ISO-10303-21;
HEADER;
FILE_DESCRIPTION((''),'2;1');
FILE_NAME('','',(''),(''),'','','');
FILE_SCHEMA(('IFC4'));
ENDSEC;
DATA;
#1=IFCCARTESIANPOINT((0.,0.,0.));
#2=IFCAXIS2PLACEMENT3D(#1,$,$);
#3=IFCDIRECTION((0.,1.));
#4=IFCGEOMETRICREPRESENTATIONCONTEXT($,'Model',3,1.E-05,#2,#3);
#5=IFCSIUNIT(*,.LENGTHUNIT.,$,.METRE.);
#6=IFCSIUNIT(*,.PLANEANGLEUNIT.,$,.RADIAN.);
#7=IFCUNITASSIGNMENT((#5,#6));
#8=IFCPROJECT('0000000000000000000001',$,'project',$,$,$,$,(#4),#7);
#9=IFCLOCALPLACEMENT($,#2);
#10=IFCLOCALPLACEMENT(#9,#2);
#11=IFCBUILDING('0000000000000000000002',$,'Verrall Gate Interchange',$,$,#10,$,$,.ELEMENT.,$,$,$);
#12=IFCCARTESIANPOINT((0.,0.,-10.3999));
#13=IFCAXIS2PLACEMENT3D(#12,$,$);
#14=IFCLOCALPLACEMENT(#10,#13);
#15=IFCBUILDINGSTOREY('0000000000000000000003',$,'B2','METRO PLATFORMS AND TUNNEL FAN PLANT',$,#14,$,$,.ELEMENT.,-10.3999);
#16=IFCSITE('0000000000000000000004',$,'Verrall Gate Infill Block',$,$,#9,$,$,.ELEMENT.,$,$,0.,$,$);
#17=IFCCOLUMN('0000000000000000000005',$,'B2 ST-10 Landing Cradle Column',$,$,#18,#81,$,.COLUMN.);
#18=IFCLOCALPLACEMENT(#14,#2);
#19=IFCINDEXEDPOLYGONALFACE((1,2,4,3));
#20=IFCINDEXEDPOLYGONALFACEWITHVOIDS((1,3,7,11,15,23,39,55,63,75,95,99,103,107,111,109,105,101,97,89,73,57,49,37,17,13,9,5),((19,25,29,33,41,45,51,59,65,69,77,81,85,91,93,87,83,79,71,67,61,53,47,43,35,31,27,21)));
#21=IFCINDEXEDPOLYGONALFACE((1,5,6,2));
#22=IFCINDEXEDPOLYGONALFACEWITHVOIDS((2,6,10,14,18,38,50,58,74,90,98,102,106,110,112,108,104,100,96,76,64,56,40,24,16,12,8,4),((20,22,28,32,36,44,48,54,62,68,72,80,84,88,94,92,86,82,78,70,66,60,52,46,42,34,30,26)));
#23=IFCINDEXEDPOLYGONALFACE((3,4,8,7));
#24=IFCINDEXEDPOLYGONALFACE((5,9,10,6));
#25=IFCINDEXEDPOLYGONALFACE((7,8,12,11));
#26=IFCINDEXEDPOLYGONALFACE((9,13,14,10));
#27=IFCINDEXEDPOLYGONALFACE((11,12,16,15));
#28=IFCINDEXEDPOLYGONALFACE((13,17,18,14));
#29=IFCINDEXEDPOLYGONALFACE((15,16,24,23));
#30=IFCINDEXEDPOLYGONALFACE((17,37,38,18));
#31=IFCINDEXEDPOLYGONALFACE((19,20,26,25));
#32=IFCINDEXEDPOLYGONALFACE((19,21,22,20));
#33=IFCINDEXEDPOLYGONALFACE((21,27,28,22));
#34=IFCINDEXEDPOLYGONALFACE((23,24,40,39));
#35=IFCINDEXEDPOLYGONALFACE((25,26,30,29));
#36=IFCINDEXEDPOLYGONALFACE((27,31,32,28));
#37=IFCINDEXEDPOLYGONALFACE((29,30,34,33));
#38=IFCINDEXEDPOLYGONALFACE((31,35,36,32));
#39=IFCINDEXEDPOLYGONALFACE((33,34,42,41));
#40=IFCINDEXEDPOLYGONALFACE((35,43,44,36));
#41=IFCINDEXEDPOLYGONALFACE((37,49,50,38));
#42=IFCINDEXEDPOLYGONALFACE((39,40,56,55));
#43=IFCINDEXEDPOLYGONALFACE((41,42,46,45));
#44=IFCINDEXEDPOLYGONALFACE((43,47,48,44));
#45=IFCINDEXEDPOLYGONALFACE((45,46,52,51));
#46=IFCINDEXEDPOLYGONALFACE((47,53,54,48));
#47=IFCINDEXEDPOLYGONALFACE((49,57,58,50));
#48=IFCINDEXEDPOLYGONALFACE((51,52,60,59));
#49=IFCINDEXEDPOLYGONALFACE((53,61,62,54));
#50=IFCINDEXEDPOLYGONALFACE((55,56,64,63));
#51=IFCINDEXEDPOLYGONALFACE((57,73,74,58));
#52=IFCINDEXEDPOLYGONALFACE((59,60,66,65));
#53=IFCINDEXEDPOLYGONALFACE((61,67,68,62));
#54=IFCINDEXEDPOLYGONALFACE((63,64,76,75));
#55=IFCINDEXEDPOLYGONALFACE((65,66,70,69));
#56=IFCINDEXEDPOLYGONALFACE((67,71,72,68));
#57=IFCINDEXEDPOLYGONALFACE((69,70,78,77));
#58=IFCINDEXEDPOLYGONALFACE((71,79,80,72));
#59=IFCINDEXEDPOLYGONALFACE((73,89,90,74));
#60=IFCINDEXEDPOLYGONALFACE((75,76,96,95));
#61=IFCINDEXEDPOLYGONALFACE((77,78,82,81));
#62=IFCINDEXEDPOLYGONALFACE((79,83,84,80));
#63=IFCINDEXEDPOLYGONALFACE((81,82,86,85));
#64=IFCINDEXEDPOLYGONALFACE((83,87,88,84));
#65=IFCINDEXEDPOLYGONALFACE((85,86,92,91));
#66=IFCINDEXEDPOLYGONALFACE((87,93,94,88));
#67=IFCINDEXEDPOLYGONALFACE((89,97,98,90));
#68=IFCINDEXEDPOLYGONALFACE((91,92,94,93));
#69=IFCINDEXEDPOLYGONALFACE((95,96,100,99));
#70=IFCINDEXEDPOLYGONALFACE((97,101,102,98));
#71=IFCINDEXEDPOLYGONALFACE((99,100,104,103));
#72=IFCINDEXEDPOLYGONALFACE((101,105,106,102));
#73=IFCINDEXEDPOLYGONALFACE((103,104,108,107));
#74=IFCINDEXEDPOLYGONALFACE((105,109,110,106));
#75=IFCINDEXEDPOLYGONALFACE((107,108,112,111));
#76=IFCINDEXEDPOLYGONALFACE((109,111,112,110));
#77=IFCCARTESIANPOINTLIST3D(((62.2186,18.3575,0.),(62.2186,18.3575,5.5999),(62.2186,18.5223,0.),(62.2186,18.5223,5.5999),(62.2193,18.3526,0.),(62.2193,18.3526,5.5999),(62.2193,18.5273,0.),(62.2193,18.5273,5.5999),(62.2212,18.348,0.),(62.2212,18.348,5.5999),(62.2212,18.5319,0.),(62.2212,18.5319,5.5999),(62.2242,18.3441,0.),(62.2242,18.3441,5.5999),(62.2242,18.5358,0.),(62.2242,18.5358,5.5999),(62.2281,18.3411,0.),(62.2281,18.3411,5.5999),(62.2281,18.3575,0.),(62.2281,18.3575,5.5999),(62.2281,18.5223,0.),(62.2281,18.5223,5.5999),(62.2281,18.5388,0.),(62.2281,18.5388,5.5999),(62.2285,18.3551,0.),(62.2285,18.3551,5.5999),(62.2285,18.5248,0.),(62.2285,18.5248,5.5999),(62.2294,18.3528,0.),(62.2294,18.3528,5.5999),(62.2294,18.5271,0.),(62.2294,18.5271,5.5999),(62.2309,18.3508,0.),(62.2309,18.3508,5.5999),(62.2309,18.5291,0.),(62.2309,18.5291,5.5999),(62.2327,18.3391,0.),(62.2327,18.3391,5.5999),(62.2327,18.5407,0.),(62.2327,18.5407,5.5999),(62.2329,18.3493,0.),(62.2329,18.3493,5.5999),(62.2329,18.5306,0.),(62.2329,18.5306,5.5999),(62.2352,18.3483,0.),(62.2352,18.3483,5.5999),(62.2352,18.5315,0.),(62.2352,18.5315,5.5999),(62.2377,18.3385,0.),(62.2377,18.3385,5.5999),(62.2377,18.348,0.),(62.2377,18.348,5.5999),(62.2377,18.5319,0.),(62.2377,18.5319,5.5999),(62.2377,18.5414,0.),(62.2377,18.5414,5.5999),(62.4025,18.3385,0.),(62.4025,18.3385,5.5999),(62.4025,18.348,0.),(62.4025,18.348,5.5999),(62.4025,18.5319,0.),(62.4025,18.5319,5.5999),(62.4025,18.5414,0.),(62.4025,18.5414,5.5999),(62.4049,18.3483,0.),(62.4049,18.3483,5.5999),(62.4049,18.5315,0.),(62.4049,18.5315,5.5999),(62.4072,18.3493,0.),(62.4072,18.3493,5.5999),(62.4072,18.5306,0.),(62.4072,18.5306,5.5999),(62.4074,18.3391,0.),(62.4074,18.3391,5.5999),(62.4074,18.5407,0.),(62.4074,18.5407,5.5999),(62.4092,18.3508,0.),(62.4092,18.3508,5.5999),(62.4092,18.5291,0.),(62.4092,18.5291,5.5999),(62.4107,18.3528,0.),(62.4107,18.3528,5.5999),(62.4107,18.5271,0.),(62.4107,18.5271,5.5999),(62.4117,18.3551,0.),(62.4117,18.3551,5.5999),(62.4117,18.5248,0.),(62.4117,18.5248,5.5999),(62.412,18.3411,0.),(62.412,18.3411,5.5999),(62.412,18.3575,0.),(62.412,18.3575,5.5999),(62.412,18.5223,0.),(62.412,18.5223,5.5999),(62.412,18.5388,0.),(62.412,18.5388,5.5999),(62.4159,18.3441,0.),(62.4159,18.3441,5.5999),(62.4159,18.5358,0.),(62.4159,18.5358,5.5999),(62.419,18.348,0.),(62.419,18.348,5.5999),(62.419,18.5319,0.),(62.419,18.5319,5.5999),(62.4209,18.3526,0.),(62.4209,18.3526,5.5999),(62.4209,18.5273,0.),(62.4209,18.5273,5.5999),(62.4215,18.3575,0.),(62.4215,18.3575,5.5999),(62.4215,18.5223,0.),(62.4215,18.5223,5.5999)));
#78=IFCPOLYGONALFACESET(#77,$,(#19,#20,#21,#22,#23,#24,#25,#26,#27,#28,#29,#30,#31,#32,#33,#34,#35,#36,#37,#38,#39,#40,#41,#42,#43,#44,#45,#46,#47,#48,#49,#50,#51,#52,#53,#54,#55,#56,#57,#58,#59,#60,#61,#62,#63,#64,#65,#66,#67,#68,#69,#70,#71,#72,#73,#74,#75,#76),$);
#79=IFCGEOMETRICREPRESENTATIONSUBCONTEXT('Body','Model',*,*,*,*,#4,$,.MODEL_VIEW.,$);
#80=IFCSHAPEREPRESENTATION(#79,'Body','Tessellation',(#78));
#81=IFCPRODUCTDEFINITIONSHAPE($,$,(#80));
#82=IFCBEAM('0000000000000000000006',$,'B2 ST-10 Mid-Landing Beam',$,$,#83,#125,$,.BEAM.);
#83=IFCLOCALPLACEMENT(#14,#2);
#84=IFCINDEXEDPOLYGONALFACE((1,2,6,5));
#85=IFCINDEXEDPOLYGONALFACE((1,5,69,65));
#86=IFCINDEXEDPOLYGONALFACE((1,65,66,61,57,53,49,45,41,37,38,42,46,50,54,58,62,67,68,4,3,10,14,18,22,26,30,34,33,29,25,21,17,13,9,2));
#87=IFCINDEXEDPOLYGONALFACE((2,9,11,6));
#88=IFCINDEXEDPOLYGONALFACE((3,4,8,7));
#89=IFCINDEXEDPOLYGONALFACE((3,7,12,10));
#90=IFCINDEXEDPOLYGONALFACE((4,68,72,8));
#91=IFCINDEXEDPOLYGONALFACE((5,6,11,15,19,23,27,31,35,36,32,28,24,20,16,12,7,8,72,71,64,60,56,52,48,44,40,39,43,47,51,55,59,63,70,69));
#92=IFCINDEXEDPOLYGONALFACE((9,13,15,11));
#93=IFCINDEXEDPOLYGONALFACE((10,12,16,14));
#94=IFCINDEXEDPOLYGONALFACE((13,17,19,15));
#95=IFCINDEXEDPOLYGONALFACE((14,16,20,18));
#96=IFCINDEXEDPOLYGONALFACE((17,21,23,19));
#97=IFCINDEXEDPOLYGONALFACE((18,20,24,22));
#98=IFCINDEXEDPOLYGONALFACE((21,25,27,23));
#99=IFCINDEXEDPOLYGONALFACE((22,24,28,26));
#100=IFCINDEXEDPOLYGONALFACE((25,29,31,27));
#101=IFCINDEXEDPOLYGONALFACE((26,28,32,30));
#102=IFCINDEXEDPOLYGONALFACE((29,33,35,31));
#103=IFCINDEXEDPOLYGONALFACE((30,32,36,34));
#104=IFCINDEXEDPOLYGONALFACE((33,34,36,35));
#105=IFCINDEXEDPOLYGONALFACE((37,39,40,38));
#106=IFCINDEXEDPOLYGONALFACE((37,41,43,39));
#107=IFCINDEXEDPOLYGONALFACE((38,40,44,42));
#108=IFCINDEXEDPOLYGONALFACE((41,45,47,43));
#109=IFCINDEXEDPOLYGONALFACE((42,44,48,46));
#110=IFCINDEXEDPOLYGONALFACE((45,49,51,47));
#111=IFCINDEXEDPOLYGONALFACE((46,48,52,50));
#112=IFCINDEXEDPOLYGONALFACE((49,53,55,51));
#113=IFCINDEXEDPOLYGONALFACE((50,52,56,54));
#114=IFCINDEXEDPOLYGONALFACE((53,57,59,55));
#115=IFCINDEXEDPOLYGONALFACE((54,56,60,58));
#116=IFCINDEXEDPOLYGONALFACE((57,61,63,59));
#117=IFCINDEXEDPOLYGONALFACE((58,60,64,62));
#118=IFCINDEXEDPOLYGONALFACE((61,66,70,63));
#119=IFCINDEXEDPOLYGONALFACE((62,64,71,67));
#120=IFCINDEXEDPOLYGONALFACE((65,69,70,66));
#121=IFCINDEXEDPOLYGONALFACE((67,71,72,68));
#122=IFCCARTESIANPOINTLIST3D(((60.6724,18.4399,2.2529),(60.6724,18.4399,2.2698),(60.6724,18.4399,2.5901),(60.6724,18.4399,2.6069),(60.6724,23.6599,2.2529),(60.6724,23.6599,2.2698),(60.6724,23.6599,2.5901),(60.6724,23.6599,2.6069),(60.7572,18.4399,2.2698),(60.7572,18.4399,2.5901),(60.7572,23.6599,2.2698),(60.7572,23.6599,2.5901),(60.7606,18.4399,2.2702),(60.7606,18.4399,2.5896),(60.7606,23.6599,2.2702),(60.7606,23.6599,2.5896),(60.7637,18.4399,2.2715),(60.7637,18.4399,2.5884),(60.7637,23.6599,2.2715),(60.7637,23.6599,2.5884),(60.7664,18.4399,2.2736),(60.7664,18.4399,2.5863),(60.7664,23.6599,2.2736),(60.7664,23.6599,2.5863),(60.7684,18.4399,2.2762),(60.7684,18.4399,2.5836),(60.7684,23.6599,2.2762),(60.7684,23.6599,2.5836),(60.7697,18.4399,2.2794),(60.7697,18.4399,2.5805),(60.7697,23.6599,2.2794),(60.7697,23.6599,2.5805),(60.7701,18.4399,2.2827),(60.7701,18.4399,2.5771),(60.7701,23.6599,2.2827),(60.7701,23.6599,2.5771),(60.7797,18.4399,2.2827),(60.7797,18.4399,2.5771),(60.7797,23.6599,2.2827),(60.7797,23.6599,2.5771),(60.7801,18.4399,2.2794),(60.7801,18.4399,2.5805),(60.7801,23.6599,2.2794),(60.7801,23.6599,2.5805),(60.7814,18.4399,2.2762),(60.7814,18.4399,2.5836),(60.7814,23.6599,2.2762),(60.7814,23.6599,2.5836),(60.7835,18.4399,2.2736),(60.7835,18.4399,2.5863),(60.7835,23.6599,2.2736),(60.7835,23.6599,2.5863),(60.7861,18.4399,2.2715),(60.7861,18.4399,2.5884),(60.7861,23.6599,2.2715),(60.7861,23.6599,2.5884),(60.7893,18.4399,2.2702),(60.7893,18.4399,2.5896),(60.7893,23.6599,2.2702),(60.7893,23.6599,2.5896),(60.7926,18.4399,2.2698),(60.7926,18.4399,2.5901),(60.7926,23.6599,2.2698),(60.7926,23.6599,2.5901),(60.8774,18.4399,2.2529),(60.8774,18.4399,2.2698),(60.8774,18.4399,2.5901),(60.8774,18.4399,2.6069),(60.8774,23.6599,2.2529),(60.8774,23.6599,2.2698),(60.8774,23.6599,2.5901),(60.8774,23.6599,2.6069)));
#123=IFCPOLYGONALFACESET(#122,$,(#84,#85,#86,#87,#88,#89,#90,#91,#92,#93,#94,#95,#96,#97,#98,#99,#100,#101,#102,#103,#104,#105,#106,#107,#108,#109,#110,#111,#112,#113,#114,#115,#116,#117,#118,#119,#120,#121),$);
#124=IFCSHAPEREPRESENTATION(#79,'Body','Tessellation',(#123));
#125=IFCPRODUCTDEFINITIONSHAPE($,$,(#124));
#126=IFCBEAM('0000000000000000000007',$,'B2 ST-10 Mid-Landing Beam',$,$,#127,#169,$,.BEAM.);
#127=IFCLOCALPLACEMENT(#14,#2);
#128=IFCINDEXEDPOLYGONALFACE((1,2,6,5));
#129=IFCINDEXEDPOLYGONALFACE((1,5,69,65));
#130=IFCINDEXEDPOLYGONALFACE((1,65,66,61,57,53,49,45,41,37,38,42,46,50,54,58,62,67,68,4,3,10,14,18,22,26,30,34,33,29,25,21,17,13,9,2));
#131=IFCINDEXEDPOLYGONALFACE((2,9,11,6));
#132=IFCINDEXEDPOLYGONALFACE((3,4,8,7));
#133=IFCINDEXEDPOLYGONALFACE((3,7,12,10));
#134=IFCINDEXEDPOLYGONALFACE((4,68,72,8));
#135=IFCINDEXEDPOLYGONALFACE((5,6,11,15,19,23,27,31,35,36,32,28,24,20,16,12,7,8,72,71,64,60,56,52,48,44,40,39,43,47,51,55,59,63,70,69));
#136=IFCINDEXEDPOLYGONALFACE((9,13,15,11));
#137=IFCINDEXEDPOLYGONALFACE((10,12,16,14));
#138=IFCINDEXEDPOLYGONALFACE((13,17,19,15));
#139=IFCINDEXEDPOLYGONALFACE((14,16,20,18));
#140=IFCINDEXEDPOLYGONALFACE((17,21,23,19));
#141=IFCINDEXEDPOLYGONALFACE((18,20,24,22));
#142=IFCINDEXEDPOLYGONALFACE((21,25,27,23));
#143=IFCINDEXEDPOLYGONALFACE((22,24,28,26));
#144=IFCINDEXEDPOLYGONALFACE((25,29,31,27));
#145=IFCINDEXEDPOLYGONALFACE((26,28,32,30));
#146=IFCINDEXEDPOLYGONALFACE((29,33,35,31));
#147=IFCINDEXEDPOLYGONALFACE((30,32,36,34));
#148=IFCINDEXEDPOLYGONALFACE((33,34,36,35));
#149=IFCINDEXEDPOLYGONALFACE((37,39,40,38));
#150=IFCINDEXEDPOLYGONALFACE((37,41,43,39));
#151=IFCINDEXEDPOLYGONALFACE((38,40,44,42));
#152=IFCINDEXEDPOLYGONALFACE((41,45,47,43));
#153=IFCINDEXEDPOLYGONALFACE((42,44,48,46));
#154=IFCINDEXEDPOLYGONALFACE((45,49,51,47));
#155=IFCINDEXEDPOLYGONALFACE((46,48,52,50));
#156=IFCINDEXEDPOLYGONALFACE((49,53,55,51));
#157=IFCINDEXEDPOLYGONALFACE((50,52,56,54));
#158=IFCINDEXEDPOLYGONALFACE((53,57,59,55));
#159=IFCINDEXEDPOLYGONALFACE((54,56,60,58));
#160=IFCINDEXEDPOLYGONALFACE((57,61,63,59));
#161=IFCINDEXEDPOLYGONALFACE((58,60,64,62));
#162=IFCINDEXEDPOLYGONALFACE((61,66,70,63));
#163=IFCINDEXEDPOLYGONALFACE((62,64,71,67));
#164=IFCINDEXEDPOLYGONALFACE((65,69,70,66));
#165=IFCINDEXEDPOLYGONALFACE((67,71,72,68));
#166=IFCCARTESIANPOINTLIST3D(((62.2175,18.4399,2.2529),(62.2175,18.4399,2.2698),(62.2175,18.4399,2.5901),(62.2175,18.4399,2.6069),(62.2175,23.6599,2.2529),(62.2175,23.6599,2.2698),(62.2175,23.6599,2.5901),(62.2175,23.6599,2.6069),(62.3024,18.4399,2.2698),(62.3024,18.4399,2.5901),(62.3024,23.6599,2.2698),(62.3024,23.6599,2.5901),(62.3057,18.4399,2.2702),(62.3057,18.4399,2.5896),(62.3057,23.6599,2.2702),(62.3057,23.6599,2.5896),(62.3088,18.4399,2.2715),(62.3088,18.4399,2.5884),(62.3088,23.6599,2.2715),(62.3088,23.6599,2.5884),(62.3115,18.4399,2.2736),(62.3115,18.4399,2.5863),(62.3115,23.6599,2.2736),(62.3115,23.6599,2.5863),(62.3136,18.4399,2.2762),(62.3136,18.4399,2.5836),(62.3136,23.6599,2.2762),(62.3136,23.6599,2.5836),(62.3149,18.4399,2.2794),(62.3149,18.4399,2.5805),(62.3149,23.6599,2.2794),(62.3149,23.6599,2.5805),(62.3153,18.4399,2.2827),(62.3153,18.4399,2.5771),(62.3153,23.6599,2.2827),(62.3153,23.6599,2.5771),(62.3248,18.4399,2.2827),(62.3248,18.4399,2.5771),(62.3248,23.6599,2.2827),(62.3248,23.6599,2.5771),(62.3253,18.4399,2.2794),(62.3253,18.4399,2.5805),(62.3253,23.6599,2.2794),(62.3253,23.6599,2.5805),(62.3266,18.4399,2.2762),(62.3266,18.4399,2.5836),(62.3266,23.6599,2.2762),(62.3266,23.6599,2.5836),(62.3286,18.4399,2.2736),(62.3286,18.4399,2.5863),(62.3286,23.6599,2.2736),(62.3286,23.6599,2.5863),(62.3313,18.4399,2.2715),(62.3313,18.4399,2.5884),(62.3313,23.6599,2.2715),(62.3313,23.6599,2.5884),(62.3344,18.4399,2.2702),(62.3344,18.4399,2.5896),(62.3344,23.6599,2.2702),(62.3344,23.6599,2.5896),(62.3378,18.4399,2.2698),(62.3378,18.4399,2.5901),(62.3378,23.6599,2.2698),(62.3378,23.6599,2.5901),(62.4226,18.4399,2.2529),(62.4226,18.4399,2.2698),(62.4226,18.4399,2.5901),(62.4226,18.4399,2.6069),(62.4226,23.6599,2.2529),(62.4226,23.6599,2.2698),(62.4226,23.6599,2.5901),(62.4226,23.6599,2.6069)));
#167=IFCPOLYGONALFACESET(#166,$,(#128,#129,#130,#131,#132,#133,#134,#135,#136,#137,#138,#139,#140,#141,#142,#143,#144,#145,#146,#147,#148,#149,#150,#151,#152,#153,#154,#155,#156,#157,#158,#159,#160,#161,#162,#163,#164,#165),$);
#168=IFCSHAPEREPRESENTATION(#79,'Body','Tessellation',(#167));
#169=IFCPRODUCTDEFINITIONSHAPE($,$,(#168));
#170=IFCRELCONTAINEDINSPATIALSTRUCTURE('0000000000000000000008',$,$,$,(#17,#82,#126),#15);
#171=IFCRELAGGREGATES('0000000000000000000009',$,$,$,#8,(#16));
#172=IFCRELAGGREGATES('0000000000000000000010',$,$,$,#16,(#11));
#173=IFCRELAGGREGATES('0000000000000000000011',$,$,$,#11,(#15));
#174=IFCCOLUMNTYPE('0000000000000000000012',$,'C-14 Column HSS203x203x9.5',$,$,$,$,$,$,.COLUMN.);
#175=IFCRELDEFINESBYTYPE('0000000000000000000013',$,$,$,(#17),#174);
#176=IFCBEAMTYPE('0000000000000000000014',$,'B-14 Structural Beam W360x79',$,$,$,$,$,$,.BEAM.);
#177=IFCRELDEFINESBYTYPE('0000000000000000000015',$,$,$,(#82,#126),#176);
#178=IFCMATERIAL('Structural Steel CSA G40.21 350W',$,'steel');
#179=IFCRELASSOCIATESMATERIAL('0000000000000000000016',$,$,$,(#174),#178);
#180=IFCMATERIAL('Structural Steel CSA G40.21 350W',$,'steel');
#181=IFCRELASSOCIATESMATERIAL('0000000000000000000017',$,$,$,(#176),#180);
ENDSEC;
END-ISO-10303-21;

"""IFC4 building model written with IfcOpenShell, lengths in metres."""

from ifc_helpers import new_model, si_unit, direction, frame, origin, origin_2d, place, context, subcontext, project, spatial, hollow_rectangle, i_section, extrude, material, material_profile, profile_set, type_object, element, save


model = new_model("IFC4")

# Units and contexts
model_context = context("Model", 3, precision=1e-05, world=origin(), true_north=direction((0.0, 1.0)))
body_context = subcontext(model_context, "Body", "Model", "MODEL_VIEW")
ifc_project = project(units=[si_unit("LENGTHUNIT", "METRE"), si_unit("PLANEANGLEUNIT", "RADIAN")], contexts=[model_context])

# Site, building, storey
site_placement = place(None, origin())
site = spatial("IfcSite", under=ifc_project, at=site_placement, Name="Verrall Gate Infill Block", CompositionType="ELEMENT", RefElevation=0.0)
building_placement = place(site_placement, origin())
building = spatial("IfcBuilding", under=site, at=building_placement, Name="Verrall Gate Interchange", CompositionType="ELEMENT")
storey_placement = place(building_placement, frame((0.0, 0.0, -10.3999)))
storey = spatial("IfcBuildingStorey", under=building, at=storey_placement, Name="B2", Description="METRO PLATFORMS AND TUNNEL FAN PLANT", CompositionType="ELEMENT", Elevation=-10.3999)

# Column
ifc_material_1 = material(Name="Structural Steel CSA G40.21 350W", Category="steel")
ifc_material_profile_1 = material_profile(ifc_material_1, hollow_rectangle(XDim=0.2029, YDim=0.2029, WallThickness=0.0095, InnerFilletRadius=0.0095, OuterFilletRadius=0.019, at=origin_2d()), Name="HSS203x203x9.5")
ifc_profile_set_1 = profile_set([ifc_material_profile_1], Name="Structural Steel CSA G40.21 350W")
column_type_1 = type_object("IfcColumnType", Name="C-14 Column HSS203x203x9.5", PredefinedType="COLUMN", material=ifc_profile_set_1)
column_1_placement = place(storey_placement, frame((62.3201, 18.4399, 0.0), z_axis=(0.0, 0.0, 1.0), x_axis=(1.0, 0.0, 0.0)))
element("IfcColumn", 1, at=column_1_placement, inside=storey, type_object=column_type_1, Name="B2 ST-10 Landing Cradle Column", PredefinedType="COLUMN", context=body_context, shape_type="SweptSolid", body=[
    extrude(hollow_rectangle(XDim=0.2029, YDim=0.2029, WallThickness=0.0095, InnerFilletRadius=0.0095, OuterFilletRadius=0.019, at=origin_2d()), origin(), (0.0, 0.0, 1.0), 5.5999),
])

# Beams
ifc_material_2 = material(Name="Structural Steel CSA G40.21 350W", Category="steel")
ifc_material_profile_2 = material_profile(ifc_material_2, i_section(OverallWidth=0.2051, OverallDepth=0.354, WebThickness=0.0095, FlangeThickness=0.0168, FilletRadius=0.0129, at=origin_2d()), Name="W360x79")
ifc_profile_set_2 = profile_set([ifc_material_profile_2], Name="Structural Steel CSA G40.21 350W")
beam_type = type_object("IfcBeamType", Name="B-14 Structural Beam W360x79", PredefinedType="BEAM", material=ifc_profile_set_2)
for number, where, z_axis, x_axis, name in (
    (2, (60.7749, 18.4399, 2.4299), (0.0, 1.0, 0.0), (-1.0, 0.0, 0.0), "B2 ST-10 Mid-Landing Beam"),
    (3, (62.3201, 18.4399, 2.4299), (0.0, 1.0, 0.0), (-1.0, 0.0, 0.0), "B2 ST-10 Mid-Landing Beam"),
):
    element("IfcBeam", number, at=place(storey_placement, frame(where, z_axis=z_axis, x_axis=x_axis)), inside=storey, type_object=beam_type, Name=name, PredefinedType="BEAM", context=body_context, shape_type="SweptSolid", body=[
        extrude(i_section(OverallWidth=0.2051, OverallDepth=0.354, WebThickness=0.0095, FlangeThickness=0.0168, FilletRadius=0.0129, at=origin_2d()), origin(), (0.0, 0.0, 1.0), 5.22),
    ])

save(model, "model.ifc")
